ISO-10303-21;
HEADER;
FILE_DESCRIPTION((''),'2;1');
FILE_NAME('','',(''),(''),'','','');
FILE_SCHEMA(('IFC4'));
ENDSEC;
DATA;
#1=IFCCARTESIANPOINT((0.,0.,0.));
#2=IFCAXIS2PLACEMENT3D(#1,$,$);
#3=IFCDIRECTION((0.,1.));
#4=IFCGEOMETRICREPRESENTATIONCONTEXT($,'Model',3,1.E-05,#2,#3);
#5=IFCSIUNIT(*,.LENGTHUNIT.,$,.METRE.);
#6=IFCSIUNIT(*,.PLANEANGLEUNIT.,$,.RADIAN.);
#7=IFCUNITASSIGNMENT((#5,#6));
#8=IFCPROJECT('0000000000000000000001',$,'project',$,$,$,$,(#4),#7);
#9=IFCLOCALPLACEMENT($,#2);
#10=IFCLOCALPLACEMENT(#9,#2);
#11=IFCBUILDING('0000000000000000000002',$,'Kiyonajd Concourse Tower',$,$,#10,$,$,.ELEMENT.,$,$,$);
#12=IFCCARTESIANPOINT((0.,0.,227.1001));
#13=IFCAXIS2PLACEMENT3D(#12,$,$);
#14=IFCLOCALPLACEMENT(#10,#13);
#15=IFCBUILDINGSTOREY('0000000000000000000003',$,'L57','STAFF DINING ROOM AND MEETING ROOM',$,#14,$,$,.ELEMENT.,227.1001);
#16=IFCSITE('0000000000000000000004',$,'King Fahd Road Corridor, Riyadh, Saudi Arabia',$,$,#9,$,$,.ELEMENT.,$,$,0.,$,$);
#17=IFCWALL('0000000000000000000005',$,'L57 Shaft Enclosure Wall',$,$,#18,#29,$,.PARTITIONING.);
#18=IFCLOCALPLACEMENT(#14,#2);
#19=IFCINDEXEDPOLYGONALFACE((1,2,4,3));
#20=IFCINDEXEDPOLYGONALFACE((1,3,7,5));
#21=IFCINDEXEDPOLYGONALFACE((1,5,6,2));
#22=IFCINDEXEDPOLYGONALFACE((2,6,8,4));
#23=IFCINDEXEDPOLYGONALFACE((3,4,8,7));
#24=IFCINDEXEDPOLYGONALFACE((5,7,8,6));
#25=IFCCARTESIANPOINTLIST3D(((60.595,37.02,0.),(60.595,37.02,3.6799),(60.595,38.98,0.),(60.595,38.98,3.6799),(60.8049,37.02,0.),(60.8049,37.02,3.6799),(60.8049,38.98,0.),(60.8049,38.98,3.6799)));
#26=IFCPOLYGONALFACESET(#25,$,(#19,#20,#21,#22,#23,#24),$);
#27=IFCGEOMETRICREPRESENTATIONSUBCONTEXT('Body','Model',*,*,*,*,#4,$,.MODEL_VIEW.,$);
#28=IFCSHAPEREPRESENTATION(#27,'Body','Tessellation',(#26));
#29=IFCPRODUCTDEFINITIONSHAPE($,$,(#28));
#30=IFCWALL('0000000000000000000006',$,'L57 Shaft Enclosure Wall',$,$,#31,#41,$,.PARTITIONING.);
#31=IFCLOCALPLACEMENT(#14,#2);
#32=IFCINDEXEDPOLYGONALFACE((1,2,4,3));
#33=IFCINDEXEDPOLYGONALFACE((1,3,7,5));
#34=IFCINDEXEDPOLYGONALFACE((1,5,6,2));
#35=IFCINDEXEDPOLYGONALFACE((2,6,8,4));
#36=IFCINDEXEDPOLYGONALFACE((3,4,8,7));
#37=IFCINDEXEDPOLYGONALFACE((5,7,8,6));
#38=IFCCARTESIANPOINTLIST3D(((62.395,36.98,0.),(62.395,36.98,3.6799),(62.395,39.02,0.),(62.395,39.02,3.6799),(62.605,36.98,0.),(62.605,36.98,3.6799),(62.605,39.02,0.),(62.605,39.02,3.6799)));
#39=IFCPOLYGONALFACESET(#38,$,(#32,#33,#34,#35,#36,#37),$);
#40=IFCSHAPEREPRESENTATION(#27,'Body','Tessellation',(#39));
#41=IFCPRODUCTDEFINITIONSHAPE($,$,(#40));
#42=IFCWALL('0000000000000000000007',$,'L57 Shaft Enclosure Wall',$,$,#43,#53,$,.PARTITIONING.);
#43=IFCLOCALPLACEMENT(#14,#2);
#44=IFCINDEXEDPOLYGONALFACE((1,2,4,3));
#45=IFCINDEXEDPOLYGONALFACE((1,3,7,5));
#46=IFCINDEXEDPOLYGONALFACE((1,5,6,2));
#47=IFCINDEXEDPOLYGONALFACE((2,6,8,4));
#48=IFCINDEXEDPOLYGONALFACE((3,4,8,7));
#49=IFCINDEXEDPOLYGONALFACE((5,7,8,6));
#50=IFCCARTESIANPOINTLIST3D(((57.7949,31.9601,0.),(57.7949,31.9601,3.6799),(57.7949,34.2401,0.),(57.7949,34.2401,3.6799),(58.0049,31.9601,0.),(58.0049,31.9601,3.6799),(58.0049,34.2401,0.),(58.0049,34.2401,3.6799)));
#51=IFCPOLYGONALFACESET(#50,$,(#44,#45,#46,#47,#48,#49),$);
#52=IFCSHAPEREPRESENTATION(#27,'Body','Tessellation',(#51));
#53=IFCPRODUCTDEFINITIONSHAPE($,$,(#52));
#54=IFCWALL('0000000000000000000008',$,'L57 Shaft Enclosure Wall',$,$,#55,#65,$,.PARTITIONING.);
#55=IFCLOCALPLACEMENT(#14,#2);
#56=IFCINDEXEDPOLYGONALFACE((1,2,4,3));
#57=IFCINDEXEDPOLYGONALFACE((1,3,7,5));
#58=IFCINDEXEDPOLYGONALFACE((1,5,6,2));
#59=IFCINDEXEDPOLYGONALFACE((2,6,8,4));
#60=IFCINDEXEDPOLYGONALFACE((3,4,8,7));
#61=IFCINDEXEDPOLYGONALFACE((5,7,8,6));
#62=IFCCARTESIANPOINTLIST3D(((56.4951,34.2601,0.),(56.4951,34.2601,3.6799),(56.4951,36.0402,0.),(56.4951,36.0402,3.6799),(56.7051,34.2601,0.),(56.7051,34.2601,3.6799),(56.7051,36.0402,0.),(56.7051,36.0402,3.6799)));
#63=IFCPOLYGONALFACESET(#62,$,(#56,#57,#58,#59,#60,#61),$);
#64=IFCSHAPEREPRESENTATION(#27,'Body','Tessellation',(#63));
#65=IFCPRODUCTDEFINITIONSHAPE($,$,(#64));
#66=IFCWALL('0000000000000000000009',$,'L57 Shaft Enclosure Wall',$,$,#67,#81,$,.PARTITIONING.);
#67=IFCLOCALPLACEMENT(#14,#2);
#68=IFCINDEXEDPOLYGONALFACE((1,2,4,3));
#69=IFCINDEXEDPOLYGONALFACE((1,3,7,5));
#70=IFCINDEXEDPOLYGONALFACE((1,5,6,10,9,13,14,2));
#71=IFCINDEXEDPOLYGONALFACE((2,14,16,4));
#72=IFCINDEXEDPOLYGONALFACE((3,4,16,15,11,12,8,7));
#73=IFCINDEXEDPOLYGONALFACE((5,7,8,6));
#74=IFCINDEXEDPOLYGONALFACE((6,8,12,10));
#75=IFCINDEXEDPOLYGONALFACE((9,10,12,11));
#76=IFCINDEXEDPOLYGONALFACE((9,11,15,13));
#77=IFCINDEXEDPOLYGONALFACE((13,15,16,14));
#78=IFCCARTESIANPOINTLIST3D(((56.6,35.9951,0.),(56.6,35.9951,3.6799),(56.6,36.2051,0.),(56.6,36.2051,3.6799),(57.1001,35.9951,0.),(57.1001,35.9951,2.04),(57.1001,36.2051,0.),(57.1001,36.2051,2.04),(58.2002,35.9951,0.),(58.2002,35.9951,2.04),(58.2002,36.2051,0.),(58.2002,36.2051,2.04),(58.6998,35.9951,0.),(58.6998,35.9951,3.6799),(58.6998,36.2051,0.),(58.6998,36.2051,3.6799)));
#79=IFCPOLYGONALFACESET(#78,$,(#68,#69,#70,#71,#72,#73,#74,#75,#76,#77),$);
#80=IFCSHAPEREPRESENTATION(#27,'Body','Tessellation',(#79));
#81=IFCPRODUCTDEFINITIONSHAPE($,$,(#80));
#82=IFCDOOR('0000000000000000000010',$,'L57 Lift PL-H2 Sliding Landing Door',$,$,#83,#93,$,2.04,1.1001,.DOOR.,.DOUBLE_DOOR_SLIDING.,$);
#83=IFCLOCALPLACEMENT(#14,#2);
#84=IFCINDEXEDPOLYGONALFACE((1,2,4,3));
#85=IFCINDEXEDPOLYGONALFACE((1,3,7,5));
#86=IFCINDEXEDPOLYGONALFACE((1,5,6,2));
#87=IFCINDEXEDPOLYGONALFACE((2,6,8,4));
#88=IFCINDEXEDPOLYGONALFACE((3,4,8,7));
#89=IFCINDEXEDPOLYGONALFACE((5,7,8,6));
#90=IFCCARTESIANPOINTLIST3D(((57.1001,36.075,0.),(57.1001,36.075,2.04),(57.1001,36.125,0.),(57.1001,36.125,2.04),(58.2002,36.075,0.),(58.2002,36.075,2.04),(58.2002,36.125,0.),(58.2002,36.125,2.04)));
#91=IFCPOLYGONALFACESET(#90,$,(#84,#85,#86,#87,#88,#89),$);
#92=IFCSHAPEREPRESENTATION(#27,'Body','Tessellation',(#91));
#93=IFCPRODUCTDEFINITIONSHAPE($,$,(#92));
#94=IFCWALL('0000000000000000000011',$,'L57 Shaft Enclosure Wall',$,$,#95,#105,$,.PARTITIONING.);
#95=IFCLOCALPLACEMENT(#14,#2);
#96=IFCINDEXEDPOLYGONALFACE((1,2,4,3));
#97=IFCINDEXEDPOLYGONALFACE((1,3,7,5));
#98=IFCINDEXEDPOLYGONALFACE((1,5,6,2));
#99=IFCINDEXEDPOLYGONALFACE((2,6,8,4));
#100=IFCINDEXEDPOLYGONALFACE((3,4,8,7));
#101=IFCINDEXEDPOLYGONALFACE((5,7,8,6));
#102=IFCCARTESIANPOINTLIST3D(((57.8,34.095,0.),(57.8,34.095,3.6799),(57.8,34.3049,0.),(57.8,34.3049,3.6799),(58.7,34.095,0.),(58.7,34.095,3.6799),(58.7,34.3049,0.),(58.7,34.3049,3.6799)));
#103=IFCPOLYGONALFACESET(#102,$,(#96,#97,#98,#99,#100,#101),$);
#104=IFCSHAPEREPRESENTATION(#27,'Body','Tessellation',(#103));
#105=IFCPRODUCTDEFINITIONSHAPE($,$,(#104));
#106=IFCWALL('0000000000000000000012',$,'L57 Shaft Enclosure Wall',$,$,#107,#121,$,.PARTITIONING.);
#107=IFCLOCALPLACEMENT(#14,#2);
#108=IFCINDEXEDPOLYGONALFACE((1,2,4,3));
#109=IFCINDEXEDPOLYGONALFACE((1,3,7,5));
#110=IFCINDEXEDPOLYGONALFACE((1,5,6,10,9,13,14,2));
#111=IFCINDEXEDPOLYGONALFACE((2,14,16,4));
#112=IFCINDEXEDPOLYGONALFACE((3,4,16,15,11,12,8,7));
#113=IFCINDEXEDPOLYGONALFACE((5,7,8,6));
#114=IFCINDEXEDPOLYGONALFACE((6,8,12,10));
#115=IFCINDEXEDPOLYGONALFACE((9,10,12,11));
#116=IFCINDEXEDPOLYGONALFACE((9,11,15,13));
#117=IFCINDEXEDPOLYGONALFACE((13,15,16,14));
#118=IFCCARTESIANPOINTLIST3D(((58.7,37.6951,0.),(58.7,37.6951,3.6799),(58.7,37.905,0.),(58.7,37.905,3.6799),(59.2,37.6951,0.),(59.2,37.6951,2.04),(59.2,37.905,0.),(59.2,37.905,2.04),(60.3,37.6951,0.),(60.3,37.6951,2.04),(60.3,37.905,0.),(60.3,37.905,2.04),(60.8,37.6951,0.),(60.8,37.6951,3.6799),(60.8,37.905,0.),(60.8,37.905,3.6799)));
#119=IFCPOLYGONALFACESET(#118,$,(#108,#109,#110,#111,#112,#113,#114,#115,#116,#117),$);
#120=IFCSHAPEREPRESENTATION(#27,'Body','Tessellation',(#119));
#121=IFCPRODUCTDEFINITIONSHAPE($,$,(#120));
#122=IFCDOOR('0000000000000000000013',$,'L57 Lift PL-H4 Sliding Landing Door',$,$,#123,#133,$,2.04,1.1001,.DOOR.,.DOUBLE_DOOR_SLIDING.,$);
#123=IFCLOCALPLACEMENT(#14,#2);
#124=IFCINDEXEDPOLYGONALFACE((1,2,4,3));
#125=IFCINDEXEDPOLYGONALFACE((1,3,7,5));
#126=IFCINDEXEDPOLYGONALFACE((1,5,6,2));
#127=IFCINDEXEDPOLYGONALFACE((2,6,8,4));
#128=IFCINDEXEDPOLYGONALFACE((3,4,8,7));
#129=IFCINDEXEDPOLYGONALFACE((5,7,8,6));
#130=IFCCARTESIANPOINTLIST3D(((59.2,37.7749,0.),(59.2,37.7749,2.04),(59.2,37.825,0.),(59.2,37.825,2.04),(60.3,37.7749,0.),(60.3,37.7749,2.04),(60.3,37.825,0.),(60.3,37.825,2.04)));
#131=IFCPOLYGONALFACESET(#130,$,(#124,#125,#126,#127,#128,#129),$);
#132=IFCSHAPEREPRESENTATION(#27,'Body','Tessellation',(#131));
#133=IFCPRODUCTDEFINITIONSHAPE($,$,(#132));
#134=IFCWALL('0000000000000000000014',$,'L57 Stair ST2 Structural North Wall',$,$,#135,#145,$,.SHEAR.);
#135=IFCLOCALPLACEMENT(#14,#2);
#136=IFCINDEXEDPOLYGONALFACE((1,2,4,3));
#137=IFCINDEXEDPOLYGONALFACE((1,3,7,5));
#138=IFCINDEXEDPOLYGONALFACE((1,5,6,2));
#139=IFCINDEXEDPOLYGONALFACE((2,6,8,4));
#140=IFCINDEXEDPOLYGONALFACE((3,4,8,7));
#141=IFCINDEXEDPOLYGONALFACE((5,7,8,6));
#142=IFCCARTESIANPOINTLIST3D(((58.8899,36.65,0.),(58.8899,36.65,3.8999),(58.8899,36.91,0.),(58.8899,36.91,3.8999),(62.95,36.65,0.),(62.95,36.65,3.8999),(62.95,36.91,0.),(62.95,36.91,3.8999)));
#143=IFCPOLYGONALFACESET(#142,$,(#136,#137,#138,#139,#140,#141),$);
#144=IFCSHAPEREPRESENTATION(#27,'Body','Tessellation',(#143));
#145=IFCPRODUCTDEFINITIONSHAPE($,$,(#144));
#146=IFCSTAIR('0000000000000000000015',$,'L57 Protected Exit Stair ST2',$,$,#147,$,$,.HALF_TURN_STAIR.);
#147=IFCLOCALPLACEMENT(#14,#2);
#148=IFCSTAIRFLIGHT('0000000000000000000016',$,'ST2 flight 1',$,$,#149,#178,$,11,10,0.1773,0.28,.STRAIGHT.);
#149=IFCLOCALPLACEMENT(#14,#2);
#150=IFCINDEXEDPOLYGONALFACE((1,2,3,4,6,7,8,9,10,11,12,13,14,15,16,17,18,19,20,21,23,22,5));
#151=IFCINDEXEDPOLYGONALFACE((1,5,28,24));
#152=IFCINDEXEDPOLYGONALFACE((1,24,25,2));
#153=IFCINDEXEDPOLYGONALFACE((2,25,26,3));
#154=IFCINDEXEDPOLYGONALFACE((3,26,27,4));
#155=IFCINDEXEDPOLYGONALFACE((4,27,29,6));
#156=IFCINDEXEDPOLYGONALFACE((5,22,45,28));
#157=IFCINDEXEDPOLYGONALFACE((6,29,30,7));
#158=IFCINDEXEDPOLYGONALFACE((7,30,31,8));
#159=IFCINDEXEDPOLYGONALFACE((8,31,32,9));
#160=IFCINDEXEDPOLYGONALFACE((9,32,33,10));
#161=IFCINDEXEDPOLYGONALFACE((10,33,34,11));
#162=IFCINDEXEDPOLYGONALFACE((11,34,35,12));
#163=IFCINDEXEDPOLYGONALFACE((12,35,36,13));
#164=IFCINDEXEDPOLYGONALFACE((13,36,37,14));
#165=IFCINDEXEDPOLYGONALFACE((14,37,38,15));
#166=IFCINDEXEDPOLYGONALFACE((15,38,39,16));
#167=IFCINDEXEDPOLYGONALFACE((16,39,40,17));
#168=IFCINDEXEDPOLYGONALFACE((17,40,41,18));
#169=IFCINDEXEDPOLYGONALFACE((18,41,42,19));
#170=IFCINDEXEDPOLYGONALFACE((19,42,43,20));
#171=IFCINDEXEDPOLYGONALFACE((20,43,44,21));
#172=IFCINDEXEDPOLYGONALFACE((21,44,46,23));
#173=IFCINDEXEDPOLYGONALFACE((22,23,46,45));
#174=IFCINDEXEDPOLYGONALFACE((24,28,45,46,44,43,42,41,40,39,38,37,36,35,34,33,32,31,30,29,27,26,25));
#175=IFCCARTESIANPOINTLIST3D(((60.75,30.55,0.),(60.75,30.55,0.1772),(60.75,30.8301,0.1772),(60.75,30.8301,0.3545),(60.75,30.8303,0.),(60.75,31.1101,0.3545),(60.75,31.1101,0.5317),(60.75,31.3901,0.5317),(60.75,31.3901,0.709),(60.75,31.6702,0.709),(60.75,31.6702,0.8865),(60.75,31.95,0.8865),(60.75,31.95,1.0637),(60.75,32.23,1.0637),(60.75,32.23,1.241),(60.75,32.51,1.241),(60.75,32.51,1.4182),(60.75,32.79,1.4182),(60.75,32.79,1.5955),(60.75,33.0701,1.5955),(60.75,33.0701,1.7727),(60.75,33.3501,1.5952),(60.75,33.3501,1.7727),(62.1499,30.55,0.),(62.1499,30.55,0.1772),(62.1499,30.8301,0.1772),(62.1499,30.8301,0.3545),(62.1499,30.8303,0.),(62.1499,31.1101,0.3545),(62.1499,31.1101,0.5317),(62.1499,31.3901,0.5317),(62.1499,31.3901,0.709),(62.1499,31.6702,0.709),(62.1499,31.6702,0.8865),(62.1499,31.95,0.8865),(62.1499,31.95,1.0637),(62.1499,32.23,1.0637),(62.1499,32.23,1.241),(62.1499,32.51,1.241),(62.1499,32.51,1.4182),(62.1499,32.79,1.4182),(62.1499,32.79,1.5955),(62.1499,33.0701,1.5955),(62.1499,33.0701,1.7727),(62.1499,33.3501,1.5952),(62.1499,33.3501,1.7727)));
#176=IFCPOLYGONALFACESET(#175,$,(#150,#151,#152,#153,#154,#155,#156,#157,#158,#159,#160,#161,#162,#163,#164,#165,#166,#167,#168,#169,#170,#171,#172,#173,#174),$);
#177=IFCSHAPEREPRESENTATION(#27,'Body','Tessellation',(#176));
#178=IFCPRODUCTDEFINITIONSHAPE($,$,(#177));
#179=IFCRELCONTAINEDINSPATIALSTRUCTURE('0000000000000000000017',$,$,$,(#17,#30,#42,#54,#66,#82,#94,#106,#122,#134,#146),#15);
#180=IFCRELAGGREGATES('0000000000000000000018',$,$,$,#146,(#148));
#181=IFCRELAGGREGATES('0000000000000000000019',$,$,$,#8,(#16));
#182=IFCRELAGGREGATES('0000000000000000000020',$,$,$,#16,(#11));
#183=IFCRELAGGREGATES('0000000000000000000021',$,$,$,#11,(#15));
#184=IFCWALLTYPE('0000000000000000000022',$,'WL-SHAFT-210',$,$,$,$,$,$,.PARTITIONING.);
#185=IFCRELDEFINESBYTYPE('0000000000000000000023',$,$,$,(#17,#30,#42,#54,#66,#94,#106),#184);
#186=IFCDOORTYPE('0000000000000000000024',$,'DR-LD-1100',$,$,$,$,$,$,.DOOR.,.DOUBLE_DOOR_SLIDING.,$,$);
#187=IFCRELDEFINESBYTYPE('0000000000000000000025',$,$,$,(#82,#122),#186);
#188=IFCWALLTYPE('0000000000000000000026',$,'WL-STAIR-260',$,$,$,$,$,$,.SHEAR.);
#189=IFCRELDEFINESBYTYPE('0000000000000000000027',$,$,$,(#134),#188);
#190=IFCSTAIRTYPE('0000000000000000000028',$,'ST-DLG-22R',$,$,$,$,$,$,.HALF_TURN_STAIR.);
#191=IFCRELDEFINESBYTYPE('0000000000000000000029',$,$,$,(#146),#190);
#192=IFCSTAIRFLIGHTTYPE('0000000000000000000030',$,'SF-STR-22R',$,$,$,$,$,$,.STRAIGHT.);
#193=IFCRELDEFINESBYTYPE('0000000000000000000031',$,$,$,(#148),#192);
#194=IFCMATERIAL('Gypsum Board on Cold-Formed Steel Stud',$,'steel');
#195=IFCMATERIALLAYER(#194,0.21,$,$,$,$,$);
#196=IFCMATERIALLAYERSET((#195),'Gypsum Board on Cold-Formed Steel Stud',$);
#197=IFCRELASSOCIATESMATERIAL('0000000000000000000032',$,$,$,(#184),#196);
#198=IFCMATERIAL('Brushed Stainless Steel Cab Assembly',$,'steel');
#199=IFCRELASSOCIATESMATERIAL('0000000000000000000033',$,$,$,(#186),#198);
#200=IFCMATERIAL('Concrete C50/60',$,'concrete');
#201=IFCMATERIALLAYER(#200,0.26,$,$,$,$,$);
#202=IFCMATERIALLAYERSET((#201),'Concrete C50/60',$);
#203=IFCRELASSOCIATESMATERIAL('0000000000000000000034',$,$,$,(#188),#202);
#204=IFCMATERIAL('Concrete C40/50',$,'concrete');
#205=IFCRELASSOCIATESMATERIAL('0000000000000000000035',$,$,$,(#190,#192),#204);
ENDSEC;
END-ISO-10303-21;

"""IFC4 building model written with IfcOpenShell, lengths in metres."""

from ifc_helpers import new_model, si_unit, direction, frame, frame_2d, origin, place, context, subcontext, project, spatial, polyline, rectangle, outline, extrude, material, layer, layer_set, type_object, element, fill, aggregate, save


model = new_model("IFC4")

# Units and contexts
model_context = context("Model", 3, precision=1e-05, world=origin(), true_north=direction((0.0, 1.0)))
body_context = subcontext(model_context, "Body", "Model", "MODEL_VIEW")
ifc_project = project(units=[si_unit("LENGTHUNIT", "METRE"), si_unit("PLANEANGLEUNIT", "RADIAN")], contexts=[model_context])

# Site, building, storey
site_placement = place(None, origin())
site = spatial("IfcSite", under=ifc_project, at=site_placement, Name="King Fahd Road Corridor, Riyadh, Saudi Arabia", CompositionType="ELEMENT", RefElevation=0.0)
building_placement = place(site_placement, origin())
building = spatial("IfcBuilding", under=site, at=building_placement, Name="Kiyonajd Concourse Tower", CompositionType="ELEMENT")
storey_placement = place(building_placement, frame((0.0, 0.0, 227.1001)))
storey = spatial("IfcBuildingStorey", under=building, at=storey_placement, Name="L57", Description="STAFF DINING ROOM AND MEETING ROOM", CompositionType="ELEMENT", Elevation=227.1001)

# Shared definitions
ifc_material_1 = material(Name="Gypsum Board on Cold-Formed Steel Stud", Category="steel")

# Walls
ifc_layer_1 = layer(ifc_material_1, 0.21)
ifc_layer_set_1 = layer_set([ifc_layer_1], Name="Gypsum Board on Cold-Formed Steel Stud")
wall_type_1 = type_object("IfcWallType", Name="WL-SHAFT-210", PredefinedType="PARTITIONING", material=ifc_layer_set_1)
wall_1_placement = place(storey_placement, frame((60.7, 37.02, 0.0), z_axis=(0.0, 0.0, 1.0), x_axis=(0.0, 1.0, 0.0)))
element("IfcWall", 1, at=wall_1_placement, inside=storey, type_object=wall_type_1, Name="L57 Shaft Enclosure Wall", PredefinedType="PARTITIONING", context=body_context, shape_type="SweptSolid", body=[
    extrude(rectangle(XDim=1.96, YDim=0.21, at=frame_2d((0.98, 0.0))), origin(), (0.0, 0.0, 1.0), 3.6799),
])
wall_2_placement = place(storey_placement, frame((62.5, 36.98, 0.0), z_axis=(0.0, 0.0, 1.0), x_axis=(0.0, 1.0, 0.0)))
element("IfcWall", 2, at=wall_2_placement, inside=storey, type_object=wall_type_1, Name="L57 Shaft Enclosure Wall", PredefinedType="PARTITIONING", context=body_context, shape_type="SweptSolid", body=[
    extrude(rectangle(XDim=2.04, YDim=0.21, at=frame_2d((1.02, 0.0))), origin(), (0.0, 0.0, 1.0), 3.6799),
])
wall_3_placement = place(storey_placement, frame((57.8999, 31.96, 0.0), z_axis=(0.0, 0.0, 1.0), x_axis=(0.0, 1.0, 0.0)))
element("IfcWall", 3, at=wall_3_placement, inside=storey, type_object=wall_type_1, Name="L57 Shaft Enclosure Wall", PredefinedType="PARTITIONING", context=body_context, shape_type="SweptSolid", body=[
    extrude(rectangle(XDim=2.28, YDim=0.21, at=frame_2d((1.1401, 0.0))), origin(), (0.0, 0.0, 1.0), 3.6799),
])
wall_4_placement = place(storey_placement, frame((56.6001, 34.26, 0.0), z_axis=(0.0, 0.0, 1.0), x_axis=(0.0, 1.0, 0.0)))
element("IfcWall", 4, at=wall_4_placement, inside=storey, type_object=wall_type_1, Name="L57 Shaft Enclosure Wall", PredefinedType="PARTITIONING", context=body_context, shape_type="SweptSolid", body=[
    extrude(rectangle(XDim=1.78, YDim=0.21, at=frame_2d((0.8901, 0.0))), origin(), (0.0, 0.0, 1.0), 3.6799),
])

# Wall, opening, door
wall_5_placement = place(storey_placement, frame((56.6001, 36.1001, 0.0), z_axis=(0.0, 0.0, 1.0), x_axis=(1.0, 0.0, 0.0)))
wall_5 = element("IfcWall", 5, at=wall_5_placement, inside=storey, type_object=wall_type_1, Name="L57 Shaft Enclosure Wall", PredefinedType="PARTITIONING", context=body_context, shape_type="SweptSolid", body=[
    extrude(rectangle(XDim=2.0999, YDim=0.21, at=frame_2d((1.0498, 0.0))), origin(), (0.0, 0.0, 1.0), 3.6799),
])
opening_1_placement = place(wall_5_placement, frame((0.5, 0.0, 0.0)))
opening_1 = element("IfcOpeningElement", 6, at=opening_1_placement, cuts=wall_5, PredefinedType="OPENING", context=body_context, shape_type="SweptSolid", body=[
    extrude(rectangle(XDim=1.1001, YDim=2.04, at=frame_2d((0.55, 1.02))), frame((0.0, 0.115, 0.0), z_axis=(0.0, -1.0, 0.0), x_axis=(1.0, 0.0, 0.0)), (0.0, 0.0, 1.0), 0.23),
])
ifc_material_2 = material(Name="Brushed Stainless Steel Cab Assembly", Category="steel")
door_type_1 = type_object("IfcDoorType", Name="DR-LD-1100", OperationType="DOUBLE_DOOR_SLIDING", PredefinedType="DOOR", material=ifc_material_2)
door_1_placement = place(opening_1_placement, origin())
door_1 = element("IfcDoor", 7, at=door_1_placement, inside=storey, type_object=door_type_1, Name="L57 Lift PL-H2 Sliding Landing Door", OperationType="DOUBLE_DOOR_SLIDING", OverallHeight=2.04, OverallWidth=1.1001, PredefinedType="DOOR", context=body_context, shape_type="SweptSolid", body=[
    extrude(rectangle(XDim=1.1001, YDim=2.04, at=frame_2d((0.55, 1.02))), frame((0.0, 0.0249, 0.0), z_axis=(0.0, -1.0, 0.0), x_axis=(1.0, 0.0, 0.0)), (0.0, 0.0, 1.0), 0.05),
])
fill(opening_1, door_1)

# Wall
wall_6_placement = place(storey_placement, frame((57.8, 34.2, 0.0), z_axis=(0.0, 0.0, 1.0), x_axis=(1.0, 0.0, 0.0)))
element("IfcWall", 8, at=wall_6_placement, inside=storey, type_object=wall_type_1, Name="L57 Shaft Enclosure Wall", PredefinedType="PARTITIONING", context=body_context, shape_type="SweptSolid", body=[
    extrude(rectangle(XDim=0.8999, YDim=0.21, at=frame_2d((0.45, 0.0))), origin(), (0.0, 0.0, 1.0), 3.6799),
])

# Wall, opening, door
wall_7_placement = place(storey_placement, frame((58.7, 37.8, 0.0), z_axis=(0.0, 0.0, 1.0), x_axis=(1.0, 0.0, 0.0)))
wall_7 = element("IfcWall", 9, at=wall_7_placement, inside=storey, type_object=wall_type_1, Name="L57 Shaft Enclosure Wall", PredefinedType="PARTITIONING", context=body_context, shape_type="SweptSolid", body=[
    extrude(rectangle(XDim=2.1001, YDim=0.21, at=frame_2d((1.05, 0.0))), origin(), (0.0, 0.0, 1.0), 3.6799),
])
opening_2_placement = place(wall_7_placement, frame((0.5, 0.0, 0.0)))
opening_2 = element("IfcOpeningElement", 10, at=opening_2_placement, cuts=wall_7, PredefinedType="OPENING", context=body_context, shape_type="SweptSolid", body=[
    extrude(rectangle(XDim=1.1001, YDim=2.04, at=frame_2d((0.55, 1.02))), frame((0.0, 0.115, 0.0), z_axis=(0.0, -1.0, 0.0), x_axis=(1.0, 0.0, 0.0)), (0.0, 0.0, 1.0), 0.23),
])
door_2_placement = place(opening_2_placement, origin())
door_2 = element("IfcDoor", 11, at=door_2_placement, inside=storey, type_object=door_type_1, Name="L57 Lift PL-H4 Sliding Landing Door", OperationType="DOUBLE_DOOR_SLIDING", OverallHeight=2.04, OverallWidth=1.1001, PredefinedType="DOOR", context=body_context, shape_type="SweptSolid", body=[
    extrude(rectangle(XDim=1.1001, YDim=2.04, at=frame_2d((0.55, 1.02))), frame((0.0, 0.0249, 0.0), z_axis=(0.0, -1.0, 0.0), x_axis=(1.0, 0.0, 0.0)), (0.0, 0.0, 1.0), 0.05),
])
fill(opening_2, door_2)

# Wall
ifc_material_3 = material(Name="Concrete C50/60", Category="concrete")
ifc_layer_2 = layer(ifc_material_3, 0.26)
ifc_layer_set_2 = layer_set([ifc_layer_2], Name="Concrete C50/60")
wall_type_2 = type_object("IfcWallType", Name="WL-STAIR-260", PredefinedType="SHEAR", material=ifc_layer_set_2)
wall_8_placement = place(storey_placement, frame((58.8899, 36.78, 0.0), z_axis=(0.0, 0.0, 1.0), x_axis=(1.0, 0.0, 0.0)))
element("IfcWall", 12, at=wall_8_placement, inside=storey, type_object=wall_type_2, Name="L57 Stair ST2 Structural North Wall", PredefinedType="SHEAR", context=body_context, shape_type="SweptSolid", body=[
    extrude(rectangle(XDim=4.0601, YDim=0.26, at=frame_2d((2.03, 0.0))), origin(), (0.0, 0.0, 1.0), 3.8999),
])

# Stair, stair flight
ifc_material_4 = material(Name="Concrete C40/50", Category="concrete")
stair_type = type_object("IfcStairType", Name="ST-DLG-22R", PredefinedType="HALF_TURN_STAIR", material=ifc_material_4)
stair_placement = place(storey_placement, origin())
stair = element("IfcStair", 13, at=stair_placement, inside=storey, type_object=stair_type, Name="L57 Protected Exit Stair ST2", PredefinedType="HALF_TURN_STAIR")
stair_flight_type = type_object("IfcStairFlightType", Name="SF-STR-22R", PredefinedType="STRAIGHT", material=ifc_material_4)
stair_flight_1_placement = place(storey_placement, frame((61.45, 30.55, 0.0), z_axis=(0.0, 0.0, 1.0), x_axis=(0.0, 1.0, 0.0)))
stair_flight_1 = element("IfcStairFlight", 14, at=stair_flight_1_placement, type_object=stair_flight_type, Name="ST2 flight 1", NumberOfRisers=11, NumberOfTreads=10, PredefinedType="STRAIGHT", RiserHeight=0.1773, TreadLength=0.28, context=body_context, shape_type="SweptSolid", body=[
    extrude(outline(polyline([(0.0, 0.0), (0.0, 0.1772), (0.28, 0.1772), (0.28, 0.3545), (0.5601, 0.3545), (0.5601, 0.5317), (0.8401, 0.5317), (0.8401, 0.709), (1.1201, 0.709), (1.1201, 0.8865), (1.3999, 0.8865), (1.3999, 1.0637), (1.6799, 1.0637), (1.6799, 1.241), (1.96, 1.241), (1.96, 1.4182), (2.24, 1.4182), (2.24, 1.5955), (2.52, 1.5955), (2.52, 1.7727), (2.8, 1.7727), (2.8, 1.95), (2.8, 1.5952), (0.2803, 0.0), (0.0, 0.0)])), frame((0.0, 0.7, 0.0), z_axis=(0.0, -1.0, 0.0), x_axis=(1.0, 0.0, 0.0)), (0.0, 0.0, 1.0), 1.3999),
])
aggregate(stair, [stair_flight_1])

save(model, "model.ifc")
